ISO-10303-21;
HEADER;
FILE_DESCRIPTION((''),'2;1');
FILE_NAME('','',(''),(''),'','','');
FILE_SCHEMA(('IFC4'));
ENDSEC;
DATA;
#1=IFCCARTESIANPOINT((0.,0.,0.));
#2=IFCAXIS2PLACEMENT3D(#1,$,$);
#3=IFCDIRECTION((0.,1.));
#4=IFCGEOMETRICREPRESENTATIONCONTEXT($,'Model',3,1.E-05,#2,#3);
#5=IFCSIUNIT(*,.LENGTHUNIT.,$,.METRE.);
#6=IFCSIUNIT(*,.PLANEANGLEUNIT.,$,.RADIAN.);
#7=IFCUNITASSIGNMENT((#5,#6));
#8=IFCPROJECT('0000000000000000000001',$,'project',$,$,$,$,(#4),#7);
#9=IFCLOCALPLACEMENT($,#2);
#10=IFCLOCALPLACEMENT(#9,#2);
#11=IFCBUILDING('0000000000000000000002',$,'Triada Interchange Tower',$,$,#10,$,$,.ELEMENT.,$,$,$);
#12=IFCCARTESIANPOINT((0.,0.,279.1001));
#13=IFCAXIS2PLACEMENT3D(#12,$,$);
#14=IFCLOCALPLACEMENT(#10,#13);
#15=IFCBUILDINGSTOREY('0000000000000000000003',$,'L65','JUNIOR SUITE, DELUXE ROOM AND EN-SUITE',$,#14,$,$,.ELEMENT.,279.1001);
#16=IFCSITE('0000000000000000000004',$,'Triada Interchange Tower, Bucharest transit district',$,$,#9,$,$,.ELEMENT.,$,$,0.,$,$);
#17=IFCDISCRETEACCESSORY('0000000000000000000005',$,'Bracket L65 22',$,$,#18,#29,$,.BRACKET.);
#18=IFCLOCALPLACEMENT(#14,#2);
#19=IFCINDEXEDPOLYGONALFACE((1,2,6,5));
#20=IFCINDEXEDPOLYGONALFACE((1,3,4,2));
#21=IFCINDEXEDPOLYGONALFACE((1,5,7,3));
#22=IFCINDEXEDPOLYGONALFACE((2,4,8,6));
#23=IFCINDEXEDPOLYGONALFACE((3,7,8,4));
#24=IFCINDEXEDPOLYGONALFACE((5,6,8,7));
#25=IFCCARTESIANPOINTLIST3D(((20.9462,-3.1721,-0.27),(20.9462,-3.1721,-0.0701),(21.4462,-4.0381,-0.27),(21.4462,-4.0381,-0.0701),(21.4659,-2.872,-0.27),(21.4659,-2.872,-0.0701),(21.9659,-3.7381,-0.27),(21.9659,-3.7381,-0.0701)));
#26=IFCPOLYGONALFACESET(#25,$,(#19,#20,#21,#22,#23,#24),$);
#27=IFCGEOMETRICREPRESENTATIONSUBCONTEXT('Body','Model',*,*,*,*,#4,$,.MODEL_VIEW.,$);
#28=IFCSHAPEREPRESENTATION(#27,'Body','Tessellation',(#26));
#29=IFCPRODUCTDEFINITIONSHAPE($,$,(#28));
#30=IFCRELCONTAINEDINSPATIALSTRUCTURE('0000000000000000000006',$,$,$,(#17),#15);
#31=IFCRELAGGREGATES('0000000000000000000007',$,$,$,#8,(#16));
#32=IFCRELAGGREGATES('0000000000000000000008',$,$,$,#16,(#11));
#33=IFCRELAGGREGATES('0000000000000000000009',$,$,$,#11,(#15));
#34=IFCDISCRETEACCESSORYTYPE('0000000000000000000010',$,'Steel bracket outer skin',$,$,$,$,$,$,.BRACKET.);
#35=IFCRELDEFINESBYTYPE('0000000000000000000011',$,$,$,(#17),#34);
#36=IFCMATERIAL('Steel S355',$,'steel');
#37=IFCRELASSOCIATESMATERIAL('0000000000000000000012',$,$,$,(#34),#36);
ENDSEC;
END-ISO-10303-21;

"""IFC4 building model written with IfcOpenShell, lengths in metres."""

from ifc_helpers import new_model, si_unit, direction, frame, origin, origin_2d, place, context, subcontext, project, spatial, rectangle, extrude, material, type_object, element, save


model = new_model("IFC4")

# Units and contexts
model_context = context("Model", 3, precision=1e-05, world=origin(), true_north=direction((0.0, 1.0)))
body_context = subcontext(model_context, "Body", "Model", "MODEL_VIEW")
ifc_project = project(units=[si_unit("LENGTHUNIT", "METRE"), si_unit("PLANEANGLEUNIT", "RADIAN")], contexts=[model_context])

# Site, building, storey
site_placement = place(None, origin())
site = spatial("IfcSite", under=ifc_project, at=site_placement, Name="Triada Interchange Tower, Bucharest transit district", CompositionType="ELEMENT", RefElevation=0.0)
building_placement = place(site_placement, origin())
building = spatial("IfcBuilding", under=site, at=building_placement, Name="Triada Interchange Tower", CompositionType="ELEMENT")
storey_placement = place(building_placement, frame((0.0, 0.0, 279.1001)))
storey = spatial("IfcBuildingStorey", under=building, at=storey_placement, Name="L65", Description="JUNIOR SUITE, DELUXE ROOM AND EN-SUITE", CompositionType="ELEMENT", Elevation=279.1001)

# Discrete accessory
ifc_material_1 = material(Name="Steel S355", Category="steel")
discrete_accessory_type = type_object("IfcDiscreteAccessoryType", Name="Steel bracket outer skin", PredefinedType="BRACKET", material=ifc_material_1)
for number, where, z_axis, x_axis, name in (
    (1, (21.4561, -3.4551, -0.27), (0.0, 0.0, 1.0), (0.866024, 0.500002, 0.0), "Bracket L65 22"),
):
    element("IfcDiscreteAccessory", number, at=place(storey_placement, frame(where, z_axis=z_axis, x_axis=x_axis)), inside=storey, type_object=discrete_accessory_type, Name=name, PredefinedType="BRACKET", context=body_context, shape_type="SweptSolid", body=[
        extrude(rectangle(XDim=0.6001, YDim=1.0, at=origin_2d()), origin(), (0.0, 0.0, 1.0), 0.2),
    ])

save(model, "model.ifc")
